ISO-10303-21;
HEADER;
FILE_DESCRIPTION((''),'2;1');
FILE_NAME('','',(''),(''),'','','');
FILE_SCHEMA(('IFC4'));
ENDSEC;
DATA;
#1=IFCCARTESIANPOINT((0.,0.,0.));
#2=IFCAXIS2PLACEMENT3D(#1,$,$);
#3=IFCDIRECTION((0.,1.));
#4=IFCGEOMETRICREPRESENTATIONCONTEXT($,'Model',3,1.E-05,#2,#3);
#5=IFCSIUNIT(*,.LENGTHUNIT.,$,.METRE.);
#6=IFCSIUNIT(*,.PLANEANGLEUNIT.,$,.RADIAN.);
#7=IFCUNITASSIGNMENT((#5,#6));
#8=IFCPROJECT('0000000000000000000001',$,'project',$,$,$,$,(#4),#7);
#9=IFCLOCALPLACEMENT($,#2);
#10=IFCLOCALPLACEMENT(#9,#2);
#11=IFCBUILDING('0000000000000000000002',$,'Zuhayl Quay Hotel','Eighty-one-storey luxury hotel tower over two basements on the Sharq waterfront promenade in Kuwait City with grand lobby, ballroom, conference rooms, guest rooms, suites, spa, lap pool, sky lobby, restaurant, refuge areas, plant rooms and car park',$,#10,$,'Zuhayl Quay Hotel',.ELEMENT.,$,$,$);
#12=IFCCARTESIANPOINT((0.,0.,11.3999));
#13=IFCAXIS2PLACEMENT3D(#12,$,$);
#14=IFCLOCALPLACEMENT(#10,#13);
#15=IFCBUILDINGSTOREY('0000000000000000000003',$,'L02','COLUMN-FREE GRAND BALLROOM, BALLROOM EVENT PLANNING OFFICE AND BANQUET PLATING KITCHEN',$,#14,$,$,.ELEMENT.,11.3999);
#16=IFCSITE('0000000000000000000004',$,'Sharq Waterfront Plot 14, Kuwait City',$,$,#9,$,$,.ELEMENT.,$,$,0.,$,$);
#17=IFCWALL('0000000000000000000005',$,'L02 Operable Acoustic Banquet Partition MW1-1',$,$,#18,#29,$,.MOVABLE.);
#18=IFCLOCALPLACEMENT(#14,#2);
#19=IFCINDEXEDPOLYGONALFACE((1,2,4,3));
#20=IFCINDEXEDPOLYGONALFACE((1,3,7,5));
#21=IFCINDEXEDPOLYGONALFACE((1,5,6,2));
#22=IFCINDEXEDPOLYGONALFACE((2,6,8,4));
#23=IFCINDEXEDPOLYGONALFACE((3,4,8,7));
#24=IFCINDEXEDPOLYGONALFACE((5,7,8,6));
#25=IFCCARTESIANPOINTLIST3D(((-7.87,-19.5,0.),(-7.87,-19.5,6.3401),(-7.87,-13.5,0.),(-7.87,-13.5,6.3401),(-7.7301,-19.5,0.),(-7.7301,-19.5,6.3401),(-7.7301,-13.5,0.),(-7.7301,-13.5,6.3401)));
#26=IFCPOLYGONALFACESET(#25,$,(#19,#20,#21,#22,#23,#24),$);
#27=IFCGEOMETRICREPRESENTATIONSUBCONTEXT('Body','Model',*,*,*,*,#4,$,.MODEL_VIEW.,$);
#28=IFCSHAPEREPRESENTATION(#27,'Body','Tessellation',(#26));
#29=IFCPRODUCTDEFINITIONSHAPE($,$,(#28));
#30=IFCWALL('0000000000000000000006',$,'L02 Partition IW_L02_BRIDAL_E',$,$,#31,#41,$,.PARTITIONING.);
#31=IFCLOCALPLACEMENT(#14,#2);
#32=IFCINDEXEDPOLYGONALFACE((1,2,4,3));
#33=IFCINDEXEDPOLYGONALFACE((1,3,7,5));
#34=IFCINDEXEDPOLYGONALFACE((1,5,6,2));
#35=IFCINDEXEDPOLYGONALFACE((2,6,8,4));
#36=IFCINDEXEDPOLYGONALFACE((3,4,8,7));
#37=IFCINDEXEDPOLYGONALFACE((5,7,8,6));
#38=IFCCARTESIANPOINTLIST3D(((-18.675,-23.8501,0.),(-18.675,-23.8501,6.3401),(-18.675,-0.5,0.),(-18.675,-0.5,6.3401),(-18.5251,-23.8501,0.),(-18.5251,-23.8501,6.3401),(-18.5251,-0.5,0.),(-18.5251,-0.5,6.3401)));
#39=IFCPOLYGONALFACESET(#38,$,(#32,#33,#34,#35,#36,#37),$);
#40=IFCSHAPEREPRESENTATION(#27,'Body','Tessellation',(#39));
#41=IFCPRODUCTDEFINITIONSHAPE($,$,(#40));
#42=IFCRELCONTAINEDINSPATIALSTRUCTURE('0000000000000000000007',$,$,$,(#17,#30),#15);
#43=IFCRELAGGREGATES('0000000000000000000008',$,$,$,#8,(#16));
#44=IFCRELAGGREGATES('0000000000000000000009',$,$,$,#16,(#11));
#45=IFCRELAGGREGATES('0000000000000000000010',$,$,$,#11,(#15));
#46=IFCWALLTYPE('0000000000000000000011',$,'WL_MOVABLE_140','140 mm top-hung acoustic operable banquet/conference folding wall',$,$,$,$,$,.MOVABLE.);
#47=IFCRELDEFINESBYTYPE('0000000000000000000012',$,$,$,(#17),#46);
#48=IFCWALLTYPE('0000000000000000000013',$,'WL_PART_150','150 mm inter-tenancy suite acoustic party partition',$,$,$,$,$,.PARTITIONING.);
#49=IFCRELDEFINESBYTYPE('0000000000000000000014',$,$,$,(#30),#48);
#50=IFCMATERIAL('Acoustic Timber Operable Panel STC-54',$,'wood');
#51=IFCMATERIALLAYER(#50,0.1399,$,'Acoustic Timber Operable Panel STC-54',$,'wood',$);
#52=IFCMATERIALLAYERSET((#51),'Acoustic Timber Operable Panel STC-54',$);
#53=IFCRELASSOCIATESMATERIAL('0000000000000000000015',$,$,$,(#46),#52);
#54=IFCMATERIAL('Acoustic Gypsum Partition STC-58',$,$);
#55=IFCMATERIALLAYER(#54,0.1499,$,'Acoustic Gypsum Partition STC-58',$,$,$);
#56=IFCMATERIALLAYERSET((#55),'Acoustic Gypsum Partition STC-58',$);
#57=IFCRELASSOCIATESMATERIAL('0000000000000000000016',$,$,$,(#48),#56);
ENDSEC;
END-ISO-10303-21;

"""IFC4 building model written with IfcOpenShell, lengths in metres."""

from ifc_helpers import new_model, si_unit, direction, frame, frame_2d, origin, place, context, subcontext, project, spatial, rectangle, extrude, material, layer, layer_set, type_object, element, save


model = new_model("IFC4")

# Units and contexts
model_context = context("Model", 3, precision=1e-05, world=origin(), true_north=direction((0.0, 1.0)))
body_context = subcontext(model_context, "Body", "Model", "MODEL_VIEW")
ifc_project = project(units=[si_unit("LENGTHUNIT", "METRE"), si_unit("PLANEANGLEUNIT", "RADIAN")], contexts=[model_context])

# Site, building, storey
site_placement = place(None, origin())
site = spatial("IfcSite", under=ifc_project, at=site_placement, Name="Sharq Waterfront Plot 14, Kuwait City", CompositionType="ELEMENT", RefElevation=0.0)
building_placement = place(site_placement, origin())
building = spatial("IfcBuilding", under=site, at=building_placement, Name="Zuhayl Quay Hotel", Description="Eighty-one-storey luxury hotel tower over two basements on the Sharq waterfront promenade in Kuwait City with grand lobby, ballroom, conference rooms, guest rooms, suites, spa, lap pool, sky lobby, restaurant, refuge areas, plant rooms and car park", LongName="Zuhayl Quay Hotel", CompositionType="ELEMENT")
storey_placement = place(building_placement, frame((0.0, 0.0, 11.3999)))
storey = spatial("IfcBuildingStorey", under=building, at=storey_placement, Name="L02", Description="COLUMN-FREE GRAND BALLROOM, BALLROOM EVENT PLANNING OFFICE AND BANQUET PLATING KITCHEN", CompositionType="ELEMENT", Elevation=11.3999)

# Walls
ifc_material_1 = material(Name="Acoustic Timber Operable Panel STC-54", Category="wood")
ifc_layer_1 = layer(ifc_material_1, 0.1399, Name="Acoustic Timber Operable Panel STC-54", Category="wood")
ifc_layer_set_1 = layer_set([ifc_layer_1], Name="Acoustic Timber Operable Panel STC-54")
wall_type_1 = type_object("IfcWallType", Name="WL_MOVABLE_140", Description="140 mm top-hung acoustic operable banquet/conference folding wall", PredefinedType="MOVABLE", material=ifc_layer_set_1)
wall_1_placement = place(storey_placement, frame((-7.8, -19.5, 0.0), z_axis=(0.0, 0.0, 1.0), x_axis=(0.0, 1.0, 0.0)))
element("IfcWall", 1, at=wall_1_placement, inside=storey, type_object=wall_type_1, Name="L02 Operable Acoustic Banquet Partition MW1-1", PredefinedType="MOVABLE", context=body_context, shape_type="SweptSolid", body=[
    extrude(rectangle(XDim=6.0, YDim=0.1399, at=frame_2d((3.0, 0.0))), origin(), (0.0, 0.0, 1.0), 6.3401),
])
ifc_material_2 = material(Name="Acoustic Gypsum Partition STC-58")
ifc_layer_2 = layer(ifc_material_2, 0.1499, Name="Acoustic Gypsum Partition STC-58")
ifc_layer_set_2 = layer_set([ifc_layer_2], Name="Acoustic Gypsum Partition STC-58")
wall_type_2 = type_object("IfcWallType", Name="WL_PART_150", Description="150 mm inter-tenancy suite acoustic party partition", PredefinedType="PARTITIONING", material=ifc_layer_set_2)
wall_2_placement = place(storey_placement, frame((-18.6001, -23.8501, 0.0), z_axis=(0.0, 0.0, 1.0), x_axis=(0.0, 1.0, 0.0)))
element("IfcWall", 2, at=wall_2_placement, inside=storey, type_object=wall_type_2, Name="L02 Partition IW_L02_BRIDAL_E", PredefinedType="PARTITIONING", context=body_context, shape_type="SweptSolid", body=[
    extrude(rectangle(XDim=23.3501, YDim=0.1499, at=frame_2d((11.675, 0.0))), origin(), (0.0, 0.0, 1.0), 6.3401),
])

save(model, "model.ifc")
